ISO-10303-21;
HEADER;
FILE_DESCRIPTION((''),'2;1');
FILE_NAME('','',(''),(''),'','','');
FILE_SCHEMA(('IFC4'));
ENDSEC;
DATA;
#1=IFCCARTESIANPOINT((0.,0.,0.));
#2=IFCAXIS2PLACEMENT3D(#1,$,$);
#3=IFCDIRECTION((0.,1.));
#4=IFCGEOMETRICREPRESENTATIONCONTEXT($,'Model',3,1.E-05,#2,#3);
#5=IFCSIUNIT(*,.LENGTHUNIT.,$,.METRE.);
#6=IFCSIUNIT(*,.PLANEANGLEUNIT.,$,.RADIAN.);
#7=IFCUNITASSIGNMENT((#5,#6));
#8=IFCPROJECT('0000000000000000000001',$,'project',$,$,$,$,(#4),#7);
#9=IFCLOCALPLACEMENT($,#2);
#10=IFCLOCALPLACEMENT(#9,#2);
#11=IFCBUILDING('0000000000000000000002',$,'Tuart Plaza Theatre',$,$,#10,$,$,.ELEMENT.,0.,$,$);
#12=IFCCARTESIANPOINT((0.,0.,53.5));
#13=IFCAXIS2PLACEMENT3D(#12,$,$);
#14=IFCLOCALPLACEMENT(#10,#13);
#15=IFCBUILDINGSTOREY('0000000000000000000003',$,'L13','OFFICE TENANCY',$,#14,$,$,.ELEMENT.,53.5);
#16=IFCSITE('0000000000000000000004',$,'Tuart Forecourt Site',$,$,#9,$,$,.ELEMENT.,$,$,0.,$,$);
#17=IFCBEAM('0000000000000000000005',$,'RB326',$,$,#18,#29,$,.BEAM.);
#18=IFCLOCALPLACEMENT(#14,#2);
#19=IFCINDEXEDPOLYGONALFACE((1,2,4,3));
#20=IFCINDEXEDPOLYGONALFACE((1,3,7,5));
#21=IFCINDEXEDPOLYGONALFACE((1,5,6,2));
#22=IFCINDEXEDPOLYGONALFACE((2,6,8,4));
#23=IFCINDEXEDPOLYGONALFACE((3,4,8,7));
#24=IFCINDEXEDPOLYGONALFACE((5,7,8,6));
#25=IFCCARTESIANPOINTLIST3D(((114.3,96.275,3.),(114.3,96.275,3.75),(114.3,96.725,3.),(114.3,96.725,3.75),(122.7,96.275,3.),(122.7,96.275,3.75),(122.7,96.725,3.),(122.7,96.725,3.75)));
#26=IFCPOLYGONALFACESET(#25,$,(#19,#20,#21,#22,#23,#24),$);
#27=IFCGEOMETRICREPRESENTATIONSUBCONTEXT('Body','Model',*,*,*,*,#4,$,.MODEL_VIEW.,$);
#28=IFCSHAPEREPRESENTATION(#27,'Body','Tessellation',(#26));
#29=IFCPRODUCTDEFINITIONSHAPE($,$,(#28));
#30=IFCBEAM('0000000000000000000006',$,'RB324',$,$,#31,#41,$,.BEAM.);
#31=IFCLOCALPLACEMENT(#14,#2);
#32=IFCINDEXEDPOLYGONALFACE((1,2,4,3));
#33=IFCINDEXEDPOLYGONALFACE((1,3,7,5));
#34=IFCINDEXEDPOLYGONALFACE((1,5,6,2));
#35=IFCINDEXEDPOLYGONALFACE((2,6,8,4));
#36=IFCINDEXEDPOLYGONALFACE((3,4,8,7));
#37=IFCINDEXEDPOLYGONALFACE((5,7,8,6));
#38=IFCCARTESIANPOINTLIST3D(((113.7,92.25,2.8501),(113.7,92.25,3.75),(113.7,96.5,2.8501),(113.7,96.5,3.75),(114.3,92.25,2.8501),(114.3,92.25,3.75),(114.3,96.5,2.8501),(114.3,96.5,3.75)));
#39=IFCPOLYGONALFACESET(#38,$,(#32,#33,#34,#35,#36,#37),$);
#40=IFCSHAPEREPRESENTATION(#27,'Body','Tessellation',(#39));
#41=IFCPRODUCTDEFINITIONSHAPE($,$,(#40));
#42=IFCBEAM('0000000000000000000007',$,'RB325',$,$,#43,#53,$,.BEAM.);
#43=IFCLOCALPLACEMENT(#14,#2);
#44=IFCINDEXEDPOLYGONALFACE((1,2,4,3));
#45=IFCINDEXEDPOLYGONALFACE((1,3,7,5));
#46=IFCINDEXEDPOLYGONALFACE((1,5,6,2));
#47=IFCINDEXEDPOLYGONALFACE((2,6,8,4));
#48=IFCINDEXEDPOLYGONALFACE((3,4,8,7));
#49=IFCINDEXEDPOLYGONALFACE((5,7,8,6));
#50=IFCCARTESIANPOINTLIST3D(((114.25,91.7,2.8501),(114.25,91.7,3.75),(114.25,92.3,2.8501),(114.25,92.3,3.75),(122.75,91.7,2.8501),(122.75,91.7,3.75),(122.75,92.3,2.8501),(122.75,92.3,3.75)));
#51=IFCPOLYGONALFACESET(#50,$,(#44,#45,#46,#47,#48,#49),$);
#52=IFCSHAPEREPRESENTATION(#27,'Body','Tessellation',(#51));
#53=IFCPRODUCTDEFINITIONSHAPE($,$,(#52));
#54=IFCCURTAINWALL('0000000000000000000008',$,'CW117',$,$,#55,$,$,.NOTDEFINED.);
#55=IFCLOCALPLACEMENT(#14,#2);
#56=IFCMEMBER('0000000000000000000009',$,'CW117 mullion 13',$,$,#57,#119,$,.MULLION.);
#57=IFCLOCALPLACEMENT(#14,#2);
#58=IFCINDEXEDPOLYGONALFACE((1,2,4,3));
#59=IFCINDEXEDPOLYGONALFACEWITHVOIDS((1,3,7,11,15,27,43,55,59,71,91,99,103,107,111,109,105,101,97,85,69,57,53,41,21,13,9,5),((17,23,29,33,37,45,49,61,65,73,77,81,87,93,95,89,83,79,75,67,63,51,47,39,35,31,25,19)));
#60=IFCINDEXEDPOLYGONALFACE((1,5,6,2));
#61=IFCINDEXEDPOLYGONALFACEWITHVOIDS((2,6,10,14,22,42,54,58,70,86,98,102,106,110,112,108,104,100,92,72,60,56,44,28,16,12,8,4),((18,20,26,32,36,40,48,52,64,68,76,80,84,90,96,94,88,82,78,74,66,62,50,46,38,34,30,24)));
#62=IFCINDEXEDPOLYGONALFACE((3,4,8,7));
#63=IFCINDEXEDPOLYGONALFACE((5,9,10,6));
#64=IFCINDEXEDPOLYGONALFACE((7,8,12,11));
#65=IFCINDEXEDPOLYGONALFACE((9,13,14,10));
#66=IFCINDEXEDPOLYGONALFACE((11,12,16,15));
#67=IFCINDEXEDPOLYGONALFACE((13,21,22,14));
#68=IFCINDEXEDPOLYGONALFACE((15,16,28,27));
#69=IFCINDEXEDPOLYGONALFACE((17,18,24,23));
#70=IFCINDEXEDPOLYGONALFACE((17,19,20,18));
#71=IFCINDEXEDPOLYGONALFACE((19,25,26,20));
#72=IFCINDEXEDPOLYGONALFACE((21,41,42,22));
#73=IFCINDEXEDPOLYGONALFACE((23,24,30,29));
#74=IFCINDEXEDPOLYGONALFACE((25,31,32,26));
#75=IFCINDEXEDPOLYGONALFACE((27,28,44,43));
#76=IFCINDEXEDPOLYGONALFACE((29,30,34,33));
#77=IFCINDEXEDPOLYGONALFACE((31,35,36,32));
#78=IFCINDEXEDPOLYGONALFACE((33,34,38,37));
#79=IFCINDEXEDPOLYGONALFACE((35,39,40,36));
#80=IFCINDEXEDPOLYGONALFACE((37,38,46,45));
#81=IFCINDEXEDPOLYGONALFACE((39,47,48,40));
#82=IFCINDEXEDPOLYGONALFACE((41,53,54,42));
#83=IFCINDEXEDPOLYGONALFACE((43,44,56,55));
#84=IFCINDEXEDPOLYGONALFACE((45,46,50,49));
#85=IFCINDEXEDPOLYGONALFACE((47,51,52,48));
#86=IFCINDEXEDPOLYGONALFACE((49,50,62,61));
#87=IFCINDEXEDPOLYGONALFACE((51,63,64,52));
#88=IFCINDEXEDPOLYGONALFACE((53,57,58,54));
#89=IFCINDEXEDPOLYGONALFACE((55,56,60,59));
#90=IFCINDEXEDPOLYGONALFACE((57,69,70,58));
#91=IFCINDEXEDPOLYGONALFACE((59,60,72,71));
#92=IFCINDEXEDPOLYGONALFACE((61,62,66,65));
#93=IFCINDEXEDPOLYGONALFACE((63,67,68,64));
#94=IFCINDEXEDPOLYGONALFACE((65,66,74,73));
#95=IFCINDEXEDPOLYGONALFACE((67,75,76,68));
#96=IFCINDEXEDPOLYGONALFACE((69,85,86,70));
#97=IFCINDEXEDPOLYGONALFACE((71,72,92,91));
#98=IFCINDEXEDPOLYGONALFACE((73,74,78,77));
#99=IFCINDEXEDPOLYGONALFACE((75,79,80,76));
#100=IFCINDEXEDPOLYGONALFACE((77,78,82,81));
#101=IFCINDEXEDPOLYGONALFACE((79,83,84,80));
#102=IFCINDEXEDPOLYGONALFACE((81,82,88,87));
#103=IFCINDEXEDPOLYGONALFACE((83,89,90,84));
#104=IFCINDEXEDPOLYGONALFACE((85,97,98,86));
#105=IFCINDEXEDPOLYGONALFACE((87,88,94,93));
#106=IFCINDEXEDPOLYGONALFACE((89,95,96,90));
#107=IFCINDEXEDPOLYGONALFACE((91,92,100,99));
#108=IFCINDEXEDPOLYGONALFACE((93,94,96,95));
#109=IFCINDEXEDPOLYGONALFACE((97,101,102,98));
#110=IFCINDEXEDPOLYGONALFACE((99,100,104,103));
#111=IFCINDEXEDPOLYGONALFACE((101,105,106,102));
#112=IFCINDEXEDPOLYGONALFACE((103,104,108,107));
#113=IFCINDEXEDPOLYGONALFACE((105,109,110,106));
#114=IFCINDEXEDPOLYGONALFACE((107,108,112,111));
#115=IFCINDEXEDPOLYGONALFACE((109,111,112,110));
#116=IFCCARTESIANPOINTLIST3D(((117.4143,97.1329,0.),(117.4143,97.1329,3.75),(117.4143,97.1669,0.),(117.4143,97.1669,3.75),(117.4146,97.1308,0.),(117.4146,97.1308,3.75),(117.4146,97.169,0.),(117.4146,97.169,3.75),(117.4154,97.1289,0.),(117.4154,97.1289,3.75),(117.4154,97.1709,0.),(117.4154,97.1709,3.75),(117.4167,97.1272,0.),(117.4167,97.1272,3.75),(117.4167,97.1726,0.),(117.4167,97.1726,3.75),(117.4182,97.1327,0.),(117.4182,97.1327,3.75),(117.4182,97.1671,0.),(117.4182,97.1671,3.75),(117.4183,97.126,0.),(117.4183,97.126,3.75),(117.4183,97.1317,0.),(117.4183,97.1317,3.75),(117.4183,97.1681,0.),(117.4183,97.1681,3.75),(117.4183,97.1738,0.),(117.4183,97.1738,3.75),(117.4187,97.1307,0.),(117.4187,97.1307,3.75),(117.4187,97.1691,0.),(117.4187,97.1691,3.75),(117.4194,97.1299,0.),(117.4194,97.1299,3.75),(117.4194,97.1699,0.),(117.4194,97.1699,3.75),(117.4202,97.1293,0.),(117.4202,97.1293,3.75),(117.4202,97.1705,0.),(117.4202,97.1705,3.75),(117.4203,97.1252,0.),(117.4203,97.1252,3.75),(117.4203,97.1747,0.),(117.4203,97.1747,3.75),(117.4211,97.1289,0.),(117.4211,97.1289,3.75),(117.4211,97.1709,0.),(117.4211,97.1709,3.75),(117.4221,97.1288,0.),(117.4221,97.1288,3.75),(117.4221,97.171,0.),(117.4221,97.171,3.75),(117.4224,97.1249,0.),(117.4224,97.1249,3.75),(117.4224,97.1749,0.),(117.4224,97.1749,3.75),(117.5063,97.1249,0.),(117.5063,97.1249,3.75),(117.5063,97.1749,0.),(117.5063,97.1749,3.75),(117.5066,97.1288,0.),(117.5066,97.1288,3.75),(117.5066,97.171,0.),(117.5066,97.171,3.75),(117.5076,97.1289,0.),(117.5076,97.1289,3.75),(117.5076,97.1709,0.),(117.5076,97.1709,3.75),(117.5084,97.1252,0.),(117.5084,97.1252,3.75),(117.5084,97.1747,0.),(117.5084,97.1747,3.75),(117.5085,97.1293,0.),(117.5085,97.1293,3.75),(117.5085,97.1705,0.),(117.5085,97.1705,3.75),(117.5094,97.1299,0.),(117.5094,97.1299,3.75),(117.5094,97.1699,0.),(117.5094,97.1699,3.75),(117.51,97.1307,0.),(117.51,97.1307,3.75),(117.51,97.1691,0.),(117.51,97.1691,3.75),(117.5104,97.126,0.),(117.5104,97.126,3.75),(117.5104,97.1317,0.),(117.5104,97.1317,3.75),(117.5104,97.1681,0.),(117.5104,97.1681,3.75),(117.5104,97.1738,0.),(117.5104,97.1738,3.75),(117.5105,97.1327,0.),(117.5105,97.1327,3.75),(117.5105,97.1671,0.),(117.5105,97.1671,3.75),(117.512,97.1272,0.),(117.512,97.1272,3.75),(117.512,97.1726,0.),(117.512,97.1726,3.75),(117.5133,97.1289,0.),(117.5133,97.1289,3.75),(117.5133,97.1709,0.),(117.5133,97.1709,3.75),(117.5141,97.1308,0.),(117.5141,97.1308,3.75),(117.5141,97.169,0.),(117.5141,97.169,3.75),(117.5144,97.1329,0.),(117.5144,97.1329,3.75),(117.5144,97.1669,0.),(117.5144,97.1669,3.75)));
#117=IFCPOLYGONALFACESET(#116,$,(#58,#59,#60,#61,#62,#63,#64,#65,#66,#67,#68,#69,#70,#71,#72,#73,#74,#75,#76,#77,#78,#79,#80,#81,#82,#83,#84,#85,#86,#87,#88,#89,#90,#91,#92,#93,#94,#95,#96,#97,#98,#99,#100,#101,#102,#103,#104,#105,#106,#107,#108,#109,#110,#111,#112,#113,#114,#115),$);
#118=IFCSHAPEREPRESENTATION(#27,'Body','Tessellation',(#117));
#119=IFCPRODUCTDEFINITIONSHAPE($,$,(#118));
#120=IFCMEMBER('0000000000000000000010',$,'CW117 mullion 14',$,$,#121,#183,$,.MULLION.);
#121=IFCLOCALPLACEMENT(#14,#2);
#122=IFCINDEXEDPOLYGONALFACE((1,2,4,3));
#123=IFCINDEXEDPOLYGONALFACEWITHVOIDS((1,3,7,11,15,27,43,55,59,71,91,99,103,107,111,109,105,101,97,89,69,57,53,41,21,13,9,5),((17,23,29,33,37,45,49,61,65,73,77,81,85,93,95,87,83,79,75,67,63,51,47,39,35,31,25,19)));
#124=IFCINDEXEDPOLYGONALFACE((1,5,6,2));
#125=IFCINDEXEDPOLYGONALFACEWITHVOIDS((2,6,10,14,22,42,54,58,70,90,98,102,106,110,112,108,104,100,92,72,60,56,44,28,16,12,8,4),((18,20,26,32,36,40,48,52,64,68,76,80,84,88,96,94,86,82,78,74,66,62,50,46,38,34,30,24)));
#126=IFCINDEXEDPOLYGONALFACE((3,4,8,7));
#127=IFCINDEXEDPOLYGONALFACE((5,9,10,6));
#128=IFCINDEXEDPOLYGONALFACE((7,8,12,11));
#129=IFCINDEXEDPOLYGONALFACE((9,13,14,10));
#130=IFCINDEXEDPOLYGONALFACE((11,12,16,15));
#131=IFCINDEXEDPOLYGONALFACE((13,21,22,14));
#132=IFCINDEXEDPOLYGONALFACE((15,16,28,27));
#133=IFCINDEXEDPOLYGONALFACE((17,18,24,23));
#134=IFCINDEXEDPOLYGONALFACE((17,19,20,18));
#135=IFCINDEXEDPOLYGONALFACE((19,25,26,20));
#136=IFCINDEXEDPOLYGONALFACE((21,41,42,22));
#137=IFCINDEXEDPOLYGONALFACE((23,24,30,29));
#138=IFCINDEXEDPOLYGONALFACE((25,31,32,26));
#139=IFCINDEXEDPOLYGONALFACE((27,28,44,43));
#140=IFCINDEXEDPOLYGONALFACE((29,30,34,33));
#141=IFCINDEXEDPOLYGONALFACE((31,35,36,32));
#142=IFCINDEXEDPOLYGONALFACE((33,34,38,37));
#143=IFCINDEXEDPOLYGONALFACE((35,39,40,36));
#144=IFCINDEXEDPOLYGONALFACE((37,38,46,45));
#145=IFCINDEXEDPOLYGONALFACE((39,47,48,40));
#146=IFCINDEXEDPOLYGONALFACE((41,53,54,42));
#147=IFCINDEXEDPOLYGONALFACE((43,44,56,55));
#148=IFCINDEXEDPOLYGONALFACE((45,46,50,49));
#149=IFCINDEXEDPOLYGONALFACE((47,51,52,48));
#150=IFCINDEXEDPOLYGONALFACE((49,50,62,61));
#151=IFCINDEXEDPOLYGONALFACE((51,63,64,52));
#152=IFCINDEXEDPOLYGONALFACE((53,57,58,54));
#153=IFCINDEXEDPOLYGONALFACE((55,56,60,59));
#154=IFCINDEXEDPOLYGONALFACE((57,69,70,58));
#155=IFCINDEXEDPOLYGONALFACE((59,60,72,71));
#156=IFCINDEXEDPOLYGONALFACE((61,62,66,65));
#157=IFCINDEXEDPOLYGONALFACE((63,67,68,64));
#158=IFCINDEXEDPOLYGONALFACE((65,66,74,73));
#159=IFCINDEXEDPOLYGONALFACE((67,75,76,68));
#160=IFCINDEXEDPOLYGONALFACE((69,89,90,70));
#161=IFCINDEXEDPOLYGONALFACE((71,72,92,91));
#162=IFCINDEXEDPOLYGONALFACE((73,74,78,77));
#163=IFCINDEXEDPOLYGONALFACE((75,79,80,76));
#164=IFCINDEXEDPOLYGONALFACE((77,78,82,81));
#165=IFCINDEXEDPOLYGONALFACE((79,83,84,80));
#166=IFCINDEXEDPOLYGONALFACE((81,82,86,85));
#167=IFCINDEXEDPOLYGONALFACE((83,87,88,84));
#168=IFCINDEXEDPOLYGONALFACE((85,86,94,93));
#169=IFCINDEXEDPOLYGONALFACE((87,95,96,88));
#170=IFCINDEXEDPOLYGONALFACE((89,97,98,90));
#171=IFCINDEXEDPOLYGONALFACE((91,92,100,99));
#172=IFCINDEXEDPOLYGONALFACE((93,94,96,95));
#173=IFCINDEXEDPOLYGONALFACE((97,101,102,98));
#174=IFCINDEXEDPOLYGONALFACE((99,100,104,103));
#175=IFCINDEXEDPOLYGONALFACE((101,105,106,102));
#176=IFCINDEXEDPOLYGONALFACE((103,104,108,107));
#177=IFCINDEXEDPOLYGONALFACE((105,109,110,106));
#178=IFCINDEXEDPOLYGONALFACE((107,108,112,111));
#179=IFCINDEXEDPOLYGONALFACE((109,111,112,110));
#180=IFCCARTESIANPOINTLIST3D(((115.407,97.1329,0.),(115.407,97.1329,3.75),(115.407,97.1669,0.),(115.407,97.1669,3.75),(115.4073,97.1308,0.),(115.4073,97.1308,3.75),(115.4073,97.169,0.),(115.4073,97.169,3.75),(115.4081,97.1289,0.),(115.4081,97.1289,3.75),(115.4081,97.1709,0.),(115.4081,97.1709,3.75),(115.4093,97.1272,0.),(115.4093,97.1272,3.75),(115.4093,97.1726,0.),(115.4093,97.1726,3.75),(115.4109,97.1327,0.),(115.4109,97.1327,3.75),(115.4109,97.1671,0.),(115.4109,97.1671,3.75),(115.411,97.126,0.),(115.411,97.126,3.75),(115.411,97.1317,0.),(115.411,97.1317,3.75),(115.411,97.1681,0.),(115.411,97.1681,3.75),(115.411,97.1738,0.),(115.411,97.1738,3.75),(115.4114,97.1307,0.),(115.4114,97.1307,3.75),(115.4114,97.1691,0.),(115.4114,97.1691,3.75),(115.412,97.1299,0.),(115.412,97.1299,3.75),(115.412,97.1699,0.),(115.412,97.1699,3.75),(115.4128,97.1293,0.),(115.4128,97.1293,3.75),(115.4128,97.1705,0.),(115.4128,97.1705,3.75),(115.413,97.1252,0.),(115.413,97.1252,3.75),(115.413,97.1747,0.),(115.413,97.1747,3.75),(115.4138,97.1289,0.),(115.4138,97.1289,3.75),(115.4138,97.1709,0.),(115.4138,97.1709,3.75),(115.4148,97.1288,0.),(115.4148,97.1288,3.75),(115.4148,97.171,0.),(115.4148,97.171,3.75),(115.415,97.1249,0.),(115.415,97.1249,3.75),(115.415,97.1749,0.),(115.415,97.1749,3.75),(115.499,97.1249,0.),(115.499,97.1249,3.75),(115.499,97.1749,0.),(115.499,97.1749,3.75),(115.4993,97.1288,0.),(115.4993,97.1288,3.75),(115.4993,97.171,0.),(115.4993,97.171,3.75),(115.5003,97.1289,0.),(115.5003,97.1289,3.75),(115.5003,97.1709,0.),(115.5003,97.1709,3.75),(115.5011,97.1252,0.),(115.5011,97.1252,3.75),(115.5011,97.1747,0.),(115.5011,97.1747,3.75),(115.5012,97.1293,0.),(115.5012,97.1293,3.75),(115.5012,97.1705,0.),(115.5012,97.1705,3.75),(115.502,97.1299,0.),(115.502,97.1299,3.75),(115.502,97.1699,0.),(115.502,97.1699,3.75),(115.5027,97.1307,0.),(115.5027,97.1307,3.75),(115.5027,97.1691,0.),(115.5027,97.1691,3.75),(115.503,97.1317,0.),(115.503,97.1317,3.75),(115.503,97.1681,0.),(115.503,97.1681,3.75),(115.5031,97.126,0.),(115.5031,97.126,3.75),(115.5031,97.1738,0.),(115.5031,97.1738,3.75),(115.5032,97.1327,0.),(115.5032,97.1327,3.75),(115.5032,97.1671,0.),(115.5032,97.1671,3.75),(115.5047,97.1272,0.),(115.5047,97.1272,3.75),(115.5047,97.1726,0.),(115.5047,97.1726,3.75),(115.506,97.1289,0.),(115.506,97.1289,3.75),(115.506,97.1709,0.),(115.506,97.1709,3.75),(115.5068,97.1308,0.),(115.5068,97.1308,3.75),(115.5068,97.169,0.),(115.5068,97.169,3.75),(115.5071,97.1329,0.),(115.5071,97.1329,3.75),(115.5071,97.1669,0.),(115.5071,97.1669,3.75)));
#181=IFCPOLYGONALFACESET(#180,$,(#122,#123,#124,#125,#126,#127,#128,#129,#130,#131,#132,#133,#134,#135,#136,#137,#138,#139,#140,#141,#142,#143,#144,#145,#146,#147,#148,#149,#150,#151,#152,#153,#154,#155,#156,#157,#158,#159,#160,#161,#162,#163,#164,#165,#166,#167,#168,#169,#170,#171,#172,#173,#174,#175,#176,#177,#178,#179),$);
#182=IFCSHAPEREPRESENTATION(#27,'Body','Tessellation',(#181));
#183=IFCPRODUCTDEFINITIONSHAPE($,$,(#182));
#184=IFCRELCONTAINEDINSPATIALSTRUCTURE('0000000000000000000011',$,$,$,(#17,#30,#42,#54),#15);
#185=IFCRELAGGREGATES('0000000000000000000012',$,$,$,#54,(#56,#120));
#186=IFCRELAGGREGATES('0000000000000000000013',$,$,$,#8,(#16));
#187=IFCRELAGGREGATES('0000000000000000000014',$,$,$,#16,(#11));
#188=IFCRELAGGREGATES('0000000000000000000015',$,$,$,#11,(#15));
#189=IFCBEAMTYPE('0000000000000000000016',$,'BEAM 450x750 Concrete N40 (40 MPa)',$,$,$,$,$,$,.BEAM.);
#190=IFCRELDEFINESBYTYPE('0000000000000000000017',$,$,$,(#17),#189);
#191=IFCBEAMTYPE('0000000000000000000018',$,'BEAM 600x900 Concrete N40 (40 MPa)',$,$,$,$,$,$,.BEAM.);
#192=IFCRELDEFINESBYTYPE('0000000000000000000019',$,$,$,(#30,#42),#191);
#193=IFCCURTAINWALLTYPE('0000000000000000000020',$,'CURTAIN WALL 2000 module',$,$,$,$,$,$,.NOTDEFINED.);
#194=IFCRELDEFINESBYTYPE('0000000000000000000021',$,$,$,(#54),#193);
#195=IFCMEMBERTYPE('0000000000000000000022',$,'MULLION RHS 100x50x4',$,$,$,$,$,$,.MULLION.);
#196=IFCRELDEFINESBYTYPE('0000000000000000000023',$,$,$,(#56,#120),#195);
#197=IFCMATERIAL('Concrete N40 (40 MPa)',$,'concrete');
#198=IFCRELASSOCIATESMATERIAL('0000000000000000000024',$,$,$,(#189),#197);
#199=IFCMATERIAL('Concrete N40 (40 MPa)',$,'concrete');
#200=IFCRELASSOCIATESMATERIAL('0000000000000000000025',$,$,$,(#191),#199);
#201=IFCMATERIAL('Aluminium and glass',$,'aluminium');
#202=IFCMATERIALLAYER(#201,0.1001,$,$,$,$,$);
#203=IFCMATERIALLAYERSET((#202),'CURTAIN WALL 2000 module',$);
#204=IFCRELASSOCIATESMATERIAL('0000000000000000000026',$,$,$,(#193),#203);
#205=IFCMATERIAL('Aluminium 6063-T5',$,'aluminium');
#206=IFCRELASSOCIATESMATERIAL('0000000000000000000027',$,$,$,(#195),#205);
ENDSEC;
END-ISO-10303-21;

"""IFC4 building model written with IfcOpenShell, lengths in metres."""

from ifc_helpers import new_model, si_unit, direction, frame, origin, origin_2d, place, context, subcontext, project, spatial, rectangle, hollow_rectangle, extrude, material, layer, layer_set, material_profile, profile_set, type_object, element, aggregate, save


model = new_model("IFC4")

# Units and contexts
model_context = context("Model", 3, precision=1e-05, world=origin(), true_north=direction((0.0, 1.0)))
body_context = subcontext(model_context, "Body", "Model", "MODEL_VIEW")
ifc_project = project(units=[si_unit("LENGTHUNIT", "METRE"), si_unit("PLANEANGLEUNIT", "RADIAN")], contexts=[model_context])

# Site, building, storey
site_placement = place(None, origin())
site = spatial("IfcSite", under=ifc_project, at=site_placement, Name="Tuart Forecourt Site", CompositionType="ELEMENT", RefElevation=0.0)
building_placement = place(site_placement, origin())
building = spatial("IfcBuilding", under=site, at=building_placement, Name="Tuart Plaza Theatre", CompositionType="ELEMENT", ElevationOfRefHeight=0.0)
storey_placement = place(building_placement, frame((0.0, 0.0, 53.5)))
storey = spatial("IfcBuildingStorey", under=building, at=storey_placement, Name="L13", Description="OFFICE TENANCY", CompositionType="ELEMENT", Elevation=53.5)

# Beams
ifc_material_1 = material(Name="Concrete N40 (40 MPa)", Category="concrete")
ifc_material_profile_1 = material_profile(ifc_material_1, rectangle(XDim=0.45, YDim=0.75, at=origin_2d()), Name="BEAM 450x750 Concrete N40 (40 MPa)")
ifc_profile_set_1 = profile_set([ifc_material_profile_1], Name="Concrete N40 (40 MPa)")
beam_type_1 = type_object("IfcBeamType", Name="BEAM 450x750 Concrete N40 (40 MPa)", PredefinedType="BEAM", material=ifc_profile_set_1)
beam_1_placement = place(storey_placement, frame((114.3, 96.5, 3.375), z_axis=(1.0, 0.0, 0.0), x_axis=(0.0, 1.0, 0.0)))
element("IfcBeam", 1, at=beam_1_placement, inside=storey, type_object=beam_type_1, Name="RB326", PredefinedType="BEAM", context=body_context, shape_type="SweptSolid", body=[
    extrude(rectangle(XDim=0.45, YDim=0.75, at=origin_2d()), origin(), (0.0, 0.0, 1.0), 8.3999),
])
ifc_material_2 = material(Name="Concrete N40 (40 MPa)", Category="concrete")
ifc_material_profile_2 = material_profile(ifc_material_2, rectangle(XDim=0.6001, YDim=0.8999, at=origin_2d()), Name="BEAM 600x900 Concrete N40 (40 MPa)")
ifc_profile_set_2 = profile_set([ifc_material_profile_2], Name="Concrete N40 (40 MPa)")
beam_type_2 = type_object("IfcBeamType", Name="BEAM 600x900 Concrete N40 (40 MPa)", PredefinedType="BEAM", material=ifc_profile_set_2)
beam_2_placement = place(storey_placement, frame((114.0, 92.25, 3.3), z_axis=(0.0, 1.0, 0.0), x_axis=(-1.0, 0.0, 0.0)))
element("IfcBeam", 2, at=beam_2_placement, inside=storey, type_object=beam_type_2, Name="RB324", PredefinedType="BEAM", context=body_context, shape_type="SweptSolid", body=[
    extrude(rectangle(XDim=0.6001, YDim=0.8999, at=origin_2d()), origin(), (0.0, 0.0, 1.0), 4.25),
])
beam_3_placement = place(storey_placement, frame((114.25, 92.0, 3.3), z_axis=(1.0, 0.0, 0.0), x_axis=(0.0, 1.0, 0.0)))
element("IfcBeam", 3, at=beam_3_placement, inside=storey, type_object=beam_type_2, Name="RB325", PredefinedType="BEAM", context=body_context, shape_type="SweptSolid", body=[
    extrude(rectangle(XDim=0.6001, YDim=0.8999, at=origin_2d()), origin(), (0.0, 0.0, 1.0), 8.5),
])

# Curtain wall, members
ifc_material_3 = material(Name="Aluminium and glass", Category="aluminium")
ifc_layer_1 = layer(ifc_material_3, 0.1001)
ifc_layer_set_1 = layer_set([ifc_layer_1], Name="CURTAIN WALL 2000 module")
curtain_wall_type = type_object("IfcCurtainWallType", Name="CURTAIN WALL 2000 module", PredefinedType="NOTDEFINED", material=ifc_layer_set_1)
curtain_wall_placement = place(storey_placement, origin())
curtain_wall = element("IfcCurtainWall", 4, at=curtain_wall_placement, inside=storey, type_object=curtain_wall_type, Name="CW117", PredefinedType="NOTDEFINED")
ifc_material_4 = material(Name="Aluminium 6063-T5", Category="aluminium")
ifc_material_profile_3 = material_profile(ifc_material_4, hollow_rectangle(XDim=0.05, YDim=0.1001, WallThickness=0.0039, InnerFilletRadius=0.0039, OuterFilletRadius=0.0081, at=origin_2d()), Name="RHS 100x50x4")
ifc_profile_set_3 = profile_set([ifc_material_profile_3], Name="Aluminium 6063-T5")
member_type_1 = type_object("IfcMemberType", Name="MULLION RHS 100x50x4", PredefinedType="MULLION", material=ifc_profile_set_3)
member_1_placement = place(storey_placement, frame((117.4644, 97.1499, 0.0), z_axis=(0.0, 0.0, 1.0), x_axis=(0.0, -1.0, 0.0)))
member_1 = element("IfcMember", 5, at=member_1_placement, type_object=member_type_1, Name="CW117 mullion 13", PredefinedType="MULLION", context=body_context, shape_type="SweptSolid", body=[
    extrude(hollow_rectangle(XDim=0.05, YDim=0.1001, WallThickness=0.0039, InnerFilletRadius=0.0039, OuterFilletRadius=0.0081, at=origin_2d()), origin(), (0.0, 0.0, 1.0), 3.75),
])
member_2_placement = place(storey_placement, frame((115.457, 97.1499, 0.0), z_axis=(0.0, 0.0, 1.0), x_axis=(0.0, -1.0, 0.0)))
member_2 = element("IfcMember", 6, at=member_2_placement, type_object=member_type_1, Name="CW117 mullion 14", PredefinedType="MULLION", context=body_context, shape_type="SweptSolid", body=[
    extrude(hollow_rectangle(XDim=0.05, YDim=0.1001, WallThickness=0.0039, InnerFilletRadius=0.0039, OuterFilletRadius=0.0081, at=origin_2d()), origin(), (0.0, 0.0, 1.0), 3.75),
])
aggregate(curtain_wall, [member_1, member_2])

save(model, "model.ifc")
